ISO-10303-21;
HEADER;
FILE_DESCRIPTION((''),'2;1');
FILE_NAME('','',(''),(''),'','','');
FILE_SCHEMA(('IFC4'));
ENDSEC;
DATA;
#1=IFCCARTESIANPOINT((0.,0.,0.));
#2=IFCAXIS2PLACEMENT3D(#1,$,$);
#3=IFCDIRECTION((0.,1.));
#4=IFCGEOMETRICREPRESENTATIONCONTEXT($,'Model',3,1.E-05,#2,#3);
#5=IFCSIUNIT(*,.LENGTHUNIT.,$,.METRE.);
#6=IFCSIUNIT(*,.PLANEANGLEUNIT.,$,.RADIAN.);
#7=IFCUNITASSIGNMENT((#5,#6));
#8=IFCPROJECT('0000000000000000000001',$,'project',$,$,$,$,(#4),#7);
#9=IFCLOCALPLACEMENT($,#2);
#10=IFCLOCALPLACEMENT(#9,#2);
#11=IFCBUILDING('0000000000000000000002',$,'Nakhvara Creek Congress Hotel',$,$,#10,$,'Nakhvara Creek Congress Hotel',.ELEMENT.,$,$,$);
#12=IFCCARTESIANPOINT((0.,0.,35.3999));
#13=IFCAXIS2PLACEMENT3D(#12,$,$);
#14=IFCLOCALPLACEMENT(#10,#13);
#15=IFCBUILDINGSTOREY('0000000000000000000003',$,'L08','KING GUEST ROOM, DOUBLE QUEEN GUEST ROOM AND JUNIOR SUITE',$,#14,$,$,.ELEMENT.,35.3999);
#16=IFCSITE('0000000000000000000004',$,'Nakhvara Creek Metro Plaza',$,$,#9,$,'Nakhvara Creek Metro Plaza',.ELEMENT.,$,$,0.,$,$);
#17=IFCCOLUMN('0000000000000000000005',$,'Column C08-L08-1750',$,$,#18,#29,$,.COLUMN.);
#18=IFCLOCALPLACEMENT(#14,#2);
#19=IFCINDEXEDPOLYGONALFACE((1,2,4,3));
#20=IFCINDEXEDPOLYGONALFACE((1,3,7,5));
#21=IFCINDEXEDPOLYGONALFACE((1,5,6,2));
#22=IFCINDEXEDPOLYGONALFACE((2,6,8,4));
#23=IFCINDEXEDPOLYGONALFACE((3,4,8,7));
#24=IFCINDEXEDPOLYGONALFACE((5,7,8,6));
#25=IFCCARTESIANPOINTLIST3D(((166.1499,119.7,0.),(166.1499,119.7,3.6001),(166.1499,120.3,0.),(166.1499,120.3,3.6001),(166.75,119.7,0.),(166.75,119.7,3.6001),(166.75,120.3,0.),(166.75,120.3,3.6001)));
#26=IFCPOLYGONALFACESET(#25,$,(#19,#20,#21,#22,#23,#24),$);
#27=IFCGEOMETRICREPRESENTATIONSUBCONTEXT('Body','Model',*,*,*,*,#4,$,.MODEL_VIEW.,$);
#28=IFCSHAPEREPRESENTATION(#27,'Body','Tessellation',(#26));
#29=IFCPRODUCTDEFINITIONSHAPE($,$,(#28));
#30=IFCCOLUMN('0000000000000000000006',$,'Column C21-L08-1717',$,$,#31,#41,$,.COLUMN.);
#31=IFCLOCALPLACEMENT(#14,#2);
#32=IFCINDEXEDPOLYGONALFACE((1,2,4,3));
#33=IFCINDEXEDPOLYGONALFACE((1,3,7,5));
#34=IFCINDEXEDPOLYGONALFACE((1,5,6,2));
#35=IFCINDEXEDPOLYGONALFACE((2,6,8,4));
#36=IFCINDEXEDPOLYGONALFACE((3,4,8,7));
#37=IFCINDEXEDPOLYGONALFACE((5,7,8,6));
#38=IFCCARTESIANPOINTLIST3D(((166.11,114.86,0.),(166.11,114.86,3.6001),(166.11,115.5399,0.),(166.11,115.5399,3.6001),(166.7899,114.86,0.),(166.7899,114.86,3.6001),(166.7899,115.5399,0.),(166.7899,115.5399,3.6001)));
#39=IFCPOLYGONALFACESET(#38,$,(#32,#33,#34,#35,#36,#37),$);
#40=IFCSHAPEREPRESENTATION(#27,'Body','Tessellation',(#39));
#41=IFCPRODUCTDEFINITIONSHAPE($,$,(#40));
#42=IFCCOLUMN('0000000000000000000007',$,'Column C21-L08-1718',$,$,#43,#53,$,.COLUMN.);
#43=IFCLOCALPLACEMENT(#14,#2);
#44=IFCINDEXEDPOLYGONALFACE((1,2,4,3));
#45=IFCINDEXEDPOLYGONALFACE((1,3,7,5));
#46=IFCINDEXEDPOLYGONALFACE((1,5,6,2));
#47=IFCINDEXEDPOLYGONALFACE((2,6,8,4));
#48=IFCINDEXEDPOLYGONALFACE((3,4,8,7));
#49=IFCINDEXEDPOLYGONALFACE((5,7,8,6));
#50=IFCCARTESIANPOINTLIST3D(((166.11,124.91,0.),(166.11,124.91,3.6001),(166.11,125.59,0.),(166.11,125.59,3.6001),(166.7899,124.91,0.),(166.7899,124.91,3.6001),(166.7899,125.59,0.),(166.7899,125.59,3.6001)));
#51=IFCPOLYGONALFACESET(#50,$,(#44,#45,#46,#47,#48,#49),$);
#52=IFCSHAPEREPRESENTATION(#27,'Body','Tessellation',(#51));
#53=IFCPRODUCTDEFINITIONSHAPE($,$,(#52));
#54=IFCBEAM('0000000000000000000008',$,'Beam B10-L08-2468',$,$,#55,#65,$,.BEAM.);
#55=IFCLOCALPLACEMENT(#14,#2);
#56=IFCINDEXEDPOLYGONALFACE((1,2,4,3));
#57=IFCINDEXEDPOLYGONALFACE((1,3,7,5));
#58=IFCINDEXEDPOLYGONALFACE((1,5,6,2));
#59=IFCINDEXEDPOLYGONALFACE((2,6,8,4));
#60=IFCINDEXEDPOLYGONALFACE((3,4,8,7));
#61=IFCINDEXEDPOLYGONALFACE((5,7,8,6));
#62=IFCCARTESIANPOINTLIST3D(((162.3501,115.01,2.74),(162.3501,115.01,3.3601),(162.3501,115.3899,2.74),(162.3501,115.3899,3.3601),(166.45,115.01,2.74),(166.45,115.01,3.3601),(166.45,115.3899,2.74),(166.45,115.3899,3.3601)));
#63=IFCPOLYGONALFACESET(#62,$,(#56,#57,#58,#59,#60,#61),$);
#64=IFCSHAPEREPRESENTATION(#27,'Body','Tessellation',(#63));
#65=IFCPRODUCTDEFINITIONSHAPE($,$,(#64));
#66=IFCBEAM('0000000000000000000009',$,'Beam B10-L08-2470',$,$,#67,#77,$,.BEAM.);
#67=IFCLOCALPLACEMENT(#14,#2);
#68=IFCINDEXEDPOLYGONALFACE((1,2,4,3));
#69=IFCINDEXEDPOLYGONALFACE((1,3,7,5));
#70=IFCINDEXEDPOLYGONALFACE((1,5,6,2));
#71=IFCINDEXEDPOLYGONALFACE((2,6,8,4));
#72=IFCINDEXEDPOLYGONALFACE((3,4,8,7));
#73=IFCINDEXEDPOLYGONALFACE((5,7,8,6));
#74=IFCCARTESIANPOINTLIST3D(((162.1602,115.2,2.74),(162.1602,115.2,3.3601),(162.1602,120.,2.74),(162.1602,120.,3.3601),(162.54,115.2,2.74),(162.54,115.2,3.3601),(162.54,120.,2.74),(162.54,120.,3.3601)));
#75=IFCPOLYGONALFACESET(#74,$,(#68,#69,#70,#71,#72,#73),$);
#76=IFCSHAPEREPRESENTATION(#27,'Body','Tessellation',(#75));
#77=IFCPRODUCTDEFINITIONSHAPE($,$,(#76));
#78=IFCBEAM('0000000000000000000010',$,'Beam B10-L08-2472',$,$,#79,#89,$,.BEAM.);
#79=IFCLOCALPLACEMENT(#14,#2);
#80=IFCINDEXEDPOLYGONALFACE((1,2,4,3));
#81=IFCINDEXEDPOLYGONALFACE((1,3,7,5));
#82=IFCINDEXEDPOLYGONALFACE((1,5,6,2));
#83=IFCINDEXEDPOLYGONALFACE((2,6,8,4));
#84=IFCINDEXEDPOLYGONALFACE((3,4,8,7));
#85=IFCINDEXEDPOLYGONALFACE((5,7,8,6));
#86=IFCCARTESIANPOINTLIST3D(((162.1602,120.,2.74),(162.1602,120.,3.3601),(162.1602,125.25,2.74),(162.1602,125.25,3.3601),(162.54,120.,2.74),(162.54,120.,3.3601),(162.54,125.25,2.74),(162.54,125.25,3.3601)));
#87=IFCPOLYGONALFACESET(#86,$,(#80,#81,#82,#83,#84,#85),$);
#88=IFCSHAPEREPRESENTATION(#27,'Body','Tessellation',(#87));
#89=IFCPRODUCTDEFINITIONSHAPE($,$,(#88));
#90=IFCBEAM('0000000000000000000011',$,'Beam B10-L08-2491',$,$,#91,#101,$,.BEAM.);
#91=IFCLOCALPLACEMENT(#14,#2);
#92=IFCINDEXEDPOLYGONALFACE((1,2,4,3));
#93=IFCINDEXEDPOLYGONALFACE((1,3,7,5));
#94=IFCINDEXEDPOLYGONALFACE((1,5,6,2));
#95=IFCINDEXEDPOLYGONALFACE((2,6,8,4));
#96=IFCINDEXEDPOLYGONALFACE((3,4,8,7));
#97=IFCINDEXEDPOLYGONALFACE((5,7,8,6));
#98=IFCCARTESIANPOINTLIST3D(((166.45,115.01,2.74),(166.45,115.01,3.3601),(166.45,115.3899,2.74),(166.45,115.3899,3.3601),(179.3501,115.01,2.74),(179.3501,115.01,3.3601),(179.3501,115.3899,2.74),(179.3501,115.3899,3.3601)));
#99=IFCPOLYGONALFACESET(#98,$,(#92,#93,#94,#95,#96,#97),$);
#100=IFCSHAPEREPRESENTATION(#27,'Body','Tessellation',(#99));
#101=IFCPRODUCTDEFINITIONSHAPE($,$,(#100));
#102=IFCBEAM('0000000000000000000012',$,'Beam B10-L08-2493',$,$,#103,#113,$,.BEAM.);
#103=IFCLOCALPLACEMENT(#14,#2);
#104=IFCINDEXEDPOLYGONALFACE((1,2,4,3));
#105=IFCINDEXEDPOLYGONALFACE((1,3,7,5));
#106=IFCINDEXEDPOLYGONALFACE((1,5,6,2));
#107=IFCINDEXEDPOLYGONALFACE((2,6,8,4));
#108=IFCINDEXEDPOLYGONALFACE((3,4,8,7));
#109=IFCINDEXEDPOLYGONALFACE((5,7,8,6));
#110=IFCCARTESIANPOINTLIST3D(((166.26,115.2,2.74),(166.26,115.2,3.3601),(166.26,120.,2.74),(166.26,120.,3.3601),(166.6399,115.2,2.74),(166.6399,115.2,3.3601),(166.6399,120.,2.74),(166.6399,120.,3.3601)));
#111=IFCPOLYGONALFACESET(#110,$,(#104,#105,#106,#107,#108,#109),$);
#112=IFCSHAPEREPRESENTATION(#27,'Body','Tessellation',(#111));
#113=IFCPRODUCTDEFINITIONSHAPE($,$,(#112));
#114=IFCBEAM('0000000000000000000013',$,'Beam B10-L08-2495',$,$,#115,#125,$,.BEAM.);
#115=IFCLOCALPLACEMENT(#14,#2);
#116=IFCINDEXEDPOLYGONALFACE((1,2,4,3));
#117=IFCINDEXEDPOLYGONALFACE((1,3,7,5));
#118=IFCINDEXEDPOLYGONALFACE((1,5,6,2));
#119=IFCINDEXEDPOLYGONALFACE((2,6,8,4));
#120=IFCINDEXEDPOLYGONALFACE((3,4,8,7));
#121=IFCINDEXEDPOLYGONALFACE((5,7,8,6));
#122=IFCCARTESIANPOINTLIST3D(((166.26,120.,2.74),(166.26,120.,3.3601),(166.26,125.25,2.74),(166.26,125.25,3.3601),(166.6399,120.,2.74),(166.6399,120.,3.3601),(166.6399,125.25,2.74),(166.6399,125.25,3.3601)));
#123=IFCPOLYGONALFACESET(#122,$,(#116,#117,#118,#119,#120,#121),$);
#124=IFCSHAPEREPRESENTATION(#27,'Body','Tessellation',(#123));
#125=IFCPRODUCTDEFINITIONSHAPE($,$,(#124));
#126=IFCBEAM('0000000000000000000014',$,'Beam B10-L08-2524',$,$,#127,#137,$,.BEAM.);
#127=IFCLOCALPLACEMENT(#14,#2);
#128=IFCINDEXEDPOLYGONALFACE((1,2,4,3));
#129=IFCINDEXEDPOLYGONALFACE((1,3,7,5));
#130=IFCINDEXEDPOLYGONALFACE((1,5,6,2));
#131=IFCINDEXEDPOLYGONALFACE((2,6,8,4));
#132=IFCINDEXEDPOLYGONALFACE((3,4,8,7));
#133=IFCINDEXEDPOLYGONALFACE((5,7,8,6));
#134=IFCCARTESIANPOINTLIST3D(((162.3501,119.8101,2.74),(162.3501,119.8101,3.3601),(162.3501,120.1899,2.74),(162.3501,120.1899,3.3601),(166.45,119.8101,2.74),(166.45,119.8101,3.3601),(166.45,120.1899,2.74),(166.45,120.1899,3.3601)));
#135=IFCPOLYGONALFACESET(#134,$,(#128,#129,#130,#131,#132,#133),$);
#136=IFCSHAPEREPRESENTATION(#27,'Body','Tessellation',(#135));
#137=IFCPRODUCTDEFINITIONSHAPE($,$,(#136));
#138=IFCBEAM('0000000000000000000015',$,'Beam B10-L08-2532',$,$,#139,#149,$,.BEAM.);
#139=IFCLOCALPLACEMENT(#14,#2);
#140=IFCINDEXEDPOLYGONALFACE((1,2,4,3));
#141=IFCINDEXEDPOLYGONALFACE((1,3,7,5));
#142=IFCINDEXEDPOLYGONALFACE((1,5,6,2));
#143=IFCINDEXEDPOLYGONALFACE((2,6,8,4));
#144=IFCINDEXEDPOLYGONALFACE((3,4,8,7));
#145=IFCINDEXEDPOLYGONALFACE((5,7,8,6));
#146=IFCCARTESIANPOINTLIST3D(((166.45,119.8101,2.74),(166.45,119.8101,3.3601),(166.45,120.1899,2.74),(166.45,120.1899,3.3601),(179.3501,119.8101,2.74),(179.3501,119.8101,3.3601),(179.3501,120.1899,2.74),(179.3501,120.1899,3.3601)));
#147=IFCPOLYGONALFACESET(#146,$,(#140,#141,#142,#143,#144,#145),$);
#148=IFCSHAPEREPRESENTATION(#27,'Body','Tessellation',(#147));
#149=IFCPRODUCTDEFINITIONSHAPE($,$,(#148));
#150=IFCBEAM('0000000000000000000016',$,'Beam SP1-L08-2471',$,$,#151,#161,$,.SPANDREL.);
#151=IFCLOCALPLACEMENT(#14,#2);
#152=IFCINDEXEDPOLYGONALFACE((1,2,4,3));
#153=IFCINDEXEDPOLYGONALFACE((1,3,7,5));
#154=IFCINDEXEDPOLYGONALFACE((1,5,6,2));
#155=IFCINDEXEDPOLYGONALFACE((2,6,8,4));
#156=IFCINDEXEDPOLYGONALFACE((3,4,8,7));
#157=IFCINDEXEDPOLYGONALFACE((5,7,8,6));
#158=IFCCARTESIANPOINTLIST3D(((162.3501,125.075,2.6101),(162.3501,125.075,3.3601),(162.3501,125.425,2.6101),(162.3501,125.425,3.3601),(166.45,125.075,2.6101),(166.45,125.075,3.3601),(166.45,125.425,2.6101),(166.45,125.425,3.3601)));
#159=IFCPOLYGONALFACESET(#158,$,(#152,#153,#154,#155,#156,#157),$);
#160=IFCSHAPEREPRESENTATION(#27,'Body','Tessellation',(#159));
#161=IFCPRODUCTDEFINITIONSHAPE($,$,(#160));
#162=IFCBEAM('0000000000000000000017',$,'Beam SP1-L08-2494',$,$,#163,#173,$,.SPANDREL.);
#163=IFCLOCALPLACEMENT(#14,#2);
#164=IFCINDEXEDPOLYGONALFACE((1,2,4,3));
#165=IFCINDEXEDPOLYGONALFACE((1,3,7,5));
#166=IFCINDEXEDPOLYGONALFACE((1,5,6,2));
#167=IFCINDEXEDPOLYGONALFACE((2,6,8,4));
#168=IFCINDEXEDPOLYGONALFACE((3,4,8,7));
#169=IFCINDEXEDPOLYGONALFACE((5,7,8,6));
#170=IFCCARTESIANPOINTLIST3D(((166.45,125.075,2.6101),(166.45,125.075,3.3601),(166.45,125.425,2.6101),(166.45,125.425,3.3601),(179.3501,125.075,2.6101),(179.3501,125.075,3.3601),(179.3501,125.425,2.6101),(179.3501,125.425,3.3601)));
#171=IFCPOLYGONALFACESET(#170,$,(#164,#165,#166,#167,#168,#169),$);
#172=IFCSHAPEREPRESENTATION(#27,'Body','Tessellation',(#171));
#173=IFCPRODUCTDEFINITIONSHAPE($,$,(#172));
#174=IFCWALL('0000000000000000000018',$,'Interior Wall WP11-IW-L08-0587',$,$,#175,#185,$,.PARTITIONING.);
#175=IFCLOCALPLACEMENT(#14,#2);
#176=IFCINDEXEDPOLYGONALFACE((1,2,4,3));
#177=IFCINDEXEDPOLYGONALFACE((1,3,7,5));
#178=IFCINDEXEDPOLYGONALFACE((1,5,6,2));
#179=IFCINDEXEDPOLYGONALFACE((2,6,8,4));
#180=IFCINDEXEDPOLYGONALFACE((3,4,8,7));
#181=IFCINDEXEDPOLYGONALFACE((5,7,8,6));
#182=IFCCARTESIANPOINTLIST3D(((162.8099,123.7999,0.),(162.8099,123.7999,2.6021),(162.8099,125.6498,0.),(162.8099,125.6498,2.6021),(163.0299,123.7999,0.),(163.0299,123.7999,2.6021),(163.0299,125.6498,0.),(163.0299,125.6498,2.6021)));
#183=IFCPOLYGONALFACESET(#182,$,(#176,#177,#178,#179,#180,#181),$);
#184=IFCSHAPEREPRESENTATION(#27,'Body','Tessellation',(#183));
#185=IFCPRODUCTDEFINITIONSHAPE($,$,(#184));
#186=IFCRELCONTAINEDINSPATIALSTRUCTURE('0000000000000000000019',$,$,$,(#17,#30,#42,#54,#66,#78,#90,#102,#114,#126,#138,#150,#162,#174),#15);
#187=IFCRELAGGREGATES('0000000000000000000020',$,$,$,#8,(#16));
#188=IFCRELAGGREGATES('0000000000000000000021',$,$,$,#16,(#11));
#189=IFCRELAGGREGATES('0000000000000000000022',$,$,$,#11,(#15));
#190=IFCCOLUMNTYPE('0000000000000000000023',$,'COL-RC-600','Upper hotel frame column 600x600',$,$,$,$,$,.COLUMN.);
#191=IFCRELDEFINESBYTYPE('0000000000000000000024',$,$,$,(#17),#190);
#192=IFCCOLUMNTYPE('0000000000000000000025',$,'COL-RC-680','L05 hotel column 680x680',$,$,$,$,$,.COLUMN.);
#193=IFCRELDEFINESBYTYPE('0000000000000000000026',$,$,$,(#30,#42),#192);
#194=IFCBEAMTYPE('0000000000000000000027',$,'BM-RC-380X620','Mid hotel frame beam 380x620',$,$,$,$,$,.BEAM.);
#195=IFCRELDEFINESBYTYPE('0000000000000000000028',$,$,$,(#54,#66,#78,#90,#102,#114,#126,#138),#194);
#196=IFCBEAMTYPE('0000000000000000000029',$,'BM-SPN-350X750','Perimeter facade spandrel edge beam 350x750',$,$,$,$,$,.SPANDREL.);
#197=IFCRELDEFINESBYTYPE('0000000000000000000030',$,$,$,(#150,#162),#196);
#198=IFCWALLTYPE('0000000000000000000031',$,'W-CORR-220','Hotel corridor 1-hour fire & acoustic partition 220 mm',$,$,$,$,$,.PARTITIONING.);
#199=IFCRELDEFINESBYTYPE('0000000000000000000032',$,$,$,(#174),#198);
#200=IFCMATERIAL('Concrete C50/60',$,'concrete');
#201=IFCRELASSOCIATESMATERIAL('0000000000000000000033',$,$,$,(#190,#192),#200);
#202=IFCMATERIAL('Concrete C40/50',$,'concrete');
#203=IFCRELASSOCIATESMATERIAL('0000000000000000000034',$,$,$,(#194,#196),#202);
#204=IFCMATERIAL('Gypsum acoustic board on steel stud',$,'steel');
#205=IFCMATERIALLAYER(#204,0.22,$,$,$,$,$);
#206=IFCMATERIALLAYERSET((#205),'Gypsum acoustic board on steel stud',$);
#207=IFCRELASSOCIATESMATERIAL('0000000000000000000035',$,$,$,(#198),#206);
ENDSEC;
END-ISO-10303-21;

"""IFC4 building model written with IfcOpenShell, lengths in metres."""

from ifc_helpers import new_model, si_unit, direction, frame, frame_2d, origin, origin_2d, place, context, subcontext, project, spatial, rectangle, extrude, material, layer, layer_set, material_profile, profile_set, type_object, element, save


model = new_model("IFC4")

# Units and contexts
model_context = context("Model", 3, precision=1e-05, world=origin(), true_north=direction((0.0, 1.0)))
body_context = subcontext(model_context, "Body", "Model", "MODEL_VIEW")
ifc_project = project(units=[si_unit("LENGTHUNIT", "METRE"), si_unit("PLANEANGLEUNIT", "RADIAN")], contexts=[model_context])

# Site, building, storey
site_placement = place(None, origin())
site = spatial("IfcSite", under=ifc_project, at=site_placement, Name="Nakhvara Creek Metro Plaza", LongName="Nakhvara Creek Metro Plaza", CompositionType="ELEMENT", RefElevation=0.0)
building_placement = place(site_placement, origin())
building = spatial("IfcBuilding", under=site, at=building_placement, Name="Nakhvara Creek Congress Hotel", LongName="Nakhvara Creek Congress Hotel", CompositionType="ELEMENT")
storey_placement = place(building_placement, frame((0.0, 0.0, 35.3999)))
storey = spatial("IfcBuildingStorey", under=building, at=storey_placement, Name="L08", Description="KING GUEST ROOM, DOUBLE QUEEN GUEST ROOM AND JUNIOR SUITE", CompositionType="ELEMENT", Elevation=35.3999)

# Columns
ifc_material_1 = material(Name="Concrete C50/60", Category="concrete")
ifc_material_profile_1 = material_profile(ifc_material_1, rectangle(XDim=0.6001, YDim=0.6001, at=origin_2d()), Name="RC-COL 600x600", Category="LoadBearing")
ifc_profile_set_1 = profile_set([ifc_material_profile_1], Name="Concrete C50/60")
column_type_1 = type_object("IfcColumnType", Name="COL-RC-600", Description="Upper hotel frame column 600x600", PredefinedType="COLUMN", material=ifc_profile_set_1)
column_placement = place(storey_placement, frame((166.45, 120.0, 0.0), z_axis=(0.0, 0.0, 1.0), x_axis=(1.0, 0.0, 0.0)))
element("IfcColumn", 1, at=column_placement, inside=storey, type_object=column_type_1, Name="Column C08-L08-1750", PredefinedType="COLUMN", context=body_context, shape_type="SweptSolid", body=[
    extrude(rectangle(XDim=0.6001, YDim=0.6001, at=origin_2d()), origin(), (0.0, 0.0, 1.0), 3.6001),
])
ifc_material_profile_2 = material_profile(ifc_material_1, rectangle(XDim=0.6799, YDim=0.6799, at=origin_2d()), Name="RC-COL 680x680", Category="LoadBearing")
ifc_profile_set_2 = profile_set([ifc_material_profile_2], Name="Concrete C50/60")
column_type_2 = type_object("IfcColumnType", Name="COL-RC-680", Description="L05 hotel column 680x680", PredefinedType="COLUMN", material=ifc_profile_set_2)
for number, where, z_axis, x_axis, name in (
    (2, (166.45, 115.2, 0.0), (0.0, 0.0, 1.0), (1.0, 0.0, 0.0), "Column C21-L08-1717"),
    (3, (166.45, 125.25, 0.0), (0.0, 0.0, 1.0), (1.0, 0.0, 0.0), "Column C21-L08-1718"),
):
    element("IfcColumn", number, at=place(storey_placement, frame(where, z_axis=z_axis, x_axis=x_axis)), inside=storey, type_object=column_type_2, Name=name, PredefinedType="COLUMN", context=body_context, shape_type="SweptSolid", body=[
        extrude(rectangle(XDim=0.6799, YDim=0.6799, at=origin_2d()), origin(), (0.0, 0.0, 1.0), 3.6001),
    ])

# Beams
ifc_material_2 = material(Name="Concrete C40/50", Category="concrete")
ifc_material_profile_3 = material_profile(ifc_material_2, rectangle(XDim=0.3799, YDim=0.6201, at=origin_2d()), Name="RC-BM 380x620", Category="LoadBearing")
ifc_profile_set_3 = profile_set([ifc_material_profile_3], Name="Concrete C40/50")
beam_type_1 = type_object("IfcBeamType", Name="BM-RC-380X620", Description="Mid hotel frame beam 380x620", PredefinedType="BEAM", material=ifc_profile_set_3)
beam_1_placement = place(storey_placement, frame((162.3501, 115.2, 3.05), z_axis=(1.0, 0.0, 0.0), x_axis=(0.0, 1.0, 0.0)))
element("IfcBeam", 4, at=beam_1_placement, inside=storey, type_object=beam_type_1, Name="Beam B10-L08-2468", PredefinedType="BEAM", context=body_context, shape_type="SweptSolid", body=[
    extrude(rectangle(XDim=0.3799, YDim=0.6201, at=origin_2d()), origin(), (0.0, 0.0, 1.0), 4.0999),
])
beam_2_placement = place(storey_placement, frame((162.3501, 115.2, 3.05), z_axis=(0.0, 1.0, 0.0), x_axis=(-1.0, 0.0, 0.0)))
element("IfcBeam", 5, at=beam_2_placement, inside=storey, type_object=beam_type_1, Name="Beam B10-L08-2470", PredefinedType="BEAM", context=body_context, shape_type="SweptSolid", body=[
    extrude(rectangle(XDim=0.3799, YDim=0.6201, at=origin_2d()), origin(), (0.0, 0.0, 1.0), 4.8),
])
beam_3_placement = place(storey_placement, frame((162.3501, 120.0, 3.05), z_axis=(0.0, 1.0, 0.0), x_axis=(-1.0, 0.0, 0.0)))
element("IfcBeam", 6, at=beam_3_placement, inside=storey, type_object=beam_type_1, Name="Beam B10-L08-2472", PredefinedType="BEAM", context=body_context, shape_type="SweptSolid", body=[
    extrude(rectangle(XDim=0.3799, YDim=0.6201, at=origin_2d()), origin(), (0.0, 0.0, 1.0), 5.25),
])
beam_4_placement = place(storey_placement, frame((166.45, 115.2, 3.05), z_axis=(1.0, 0.0, 0.0), x_axis=(0.0, 1.0, 0.0)))
element("IfcBeam", 7, at=beam_4_placement, inside=storey, type_object=beam_type_1, Name="Beam B10-L08-2491", PredefinedType="BEAM", context=body_context, shape_type="SweptSolid", body=[
    extrude(rectangle(XDim=0.3799, YDim=0.6201, at=origin_2d()), origin(), (0.0, 0.0, 1.0), 12.9001),
])
beam_5_placement = place(storey_placement, frame((166.45, 115.2, 3.05), z_axis=(0.0, 1.0, 0.0), x_axis=(-1.0, 0.0, 0.0)))
element("IfcBeam", 8, at=beam_5_placement, inside=storey, type_object=beam_type_1, Name="Beam B10-L08-2493", PredefinedType="BEAM", context=body_context, shape_type="SweptSolid", body=[
    extrude(rectangle(XDim=0.3799, YDim=0.6201, at=origin_2d()), origin(), (0.0, 0.0, 1.0), 4.8),
])
beam_6_placement = place(storey_placement, frame((166.45, 120.0, 3.05), z_axis=(0.0, 1.0, 0.0), x_axis=(-1.0, 0.0, 0.0)))
element("IfcBeam", 9, at=beam_6_placement, inside=storey, type_object=beam_type_1, Name="Beam B10-L08-2495", PredefinedType="BEAM", context=body_context, shape_type="SweptSolid", body=[
    extrude(rectangle(XDim=0.3799, YDim=0.6201, at=origin_2d()), origin(), (0.0, 0.0, 1.0), 5.25),
])
beam_7_placement = place(storey_placement, frame((162.3501, 120.0, 3.05), z_axis=(1.0, 0.0, 0.0), x_axis=(0.0, 1.0, 0.0)))
element("IfcBeam", 10, at=beam_7_placement, inside=storey, type_object=beam_type_1, Name="Beam B10-L08-2524", PredefinedType="BEAM", context=body_context, shape_type="SweptSolid", body=[
    extrude(rectangle(XDim=0.3799, YDim=0.6201, at=origin_2d()), origin(), (0.0, 0.0, 1.0), 4.0999),
])
beam_8_placement = place(storey_placement, frame((166.45, 120.0, 3.05), z_axis=(1.0, 0.0, 0.0), x_axis=(0.0, 1.0, 0.0)))
element("IfcBeam", 11, at=beam_8_placement, inside=storey, type_object=beam_type_1, Name="Beam B10-L08-2532", PredefinedType="BEAM", context=body_context, shape_type="SweptSolid", body=[
    extrude(rectangle(XDim=0.3799, YDim=0.6201, at=origin_2d()), origin(), (0.0, 0.0, 1.0), 12.9001),
])
ifc_material_profile_4 = material_profile(ifc_material_2, rectangle(XDim=0.3501, YDim=0.75, at=origin_2d()), Name="RC-SPANDREL 350x750", Category="LoadBearing")
ifc_profile_set_4 = profile_set([ifc_material_profile_4], Name="Concrete C40/50")
beam_type_2 = type_object("IfcBeamType", Name="BM-SPN-350X750", Description="Perimeter facade spandrel edge beam 350x750", PredefinedType="SPANDREL", material=ifc_profile_set_4)
beam_9_placement = place(storey_placement, frame((162.3501, 125.25, 2.9851), z_axis=(1.0, 0.0, 0.0), x_axis=(0.0, 1.0, 0.0)))
element("IfcBeam", 12, at=beam_9_placement, inside=storey, type_object=beam_type_2, Name="Beam SP1-L08-2471", PredefinedType="SPANDREL", context=body_context, shape_type="SweptSolid", body=[
    extrude(rectangle(XDim=0.3501, YDim=0.75, at=origin_2d()), origin(), (0.0, 0.0, 1.0), 4.0999),
])
beam_10_placement = place(storey_placement, frame((166.45, 125.25, 2.9851), z_axis=(1.0, 0.0, 0.0), x_axis=(0.0, 1.0, 0.0)))
element("IfcBeam", 13, at=beam_10_placement, inside=storey, type_object=beam_type_2, Name="Beam SP1-L08-2494", PredefinedType="SPANDREL", context=body_context, shape_type="SweptSolid", body=[
    extrude(rectangle(XDim=0.3501, YDim=0.75, at=origin_2d()), origin(), (0.0, 0.0, 1.0), 12.9001),
])

# Wall
ifc_material_3 = material(Name="Gypsum acoustic board on steel stud", Category="steel")
ifc_layer_1 = layer(ifc_material_3, 0.22)
ifc_layer_set_1 = layer_set([ifc_layer_1], Name="Gypsum acoustic board on steel stud")
wall_type_1 = type_object("IfcWallType", Name="W-CORR-220", Description="Hotel corridor 1-hour fire & acoustic partition 220 mm", PredefinedType="PARTITIONING", material=ifc_layer_set_1)
wall_placement = place(storey_placement, frame((162.9199, 123.8, 0.0), z_axis=(0.0, 0.0, 1.0), x_axis=(0.0, 1.0, 0.0)))
element("IfcWall", 14, at=wall_placement, inside=storey, type_object=wall_type_1, Name="Interior Wall WP11-IW-L08-0587", PredefinedType="PARTITIONING", context=body_context, shape_type="SweptSolid", body=[
    extrude(rectangle(XDim=1.8499, YDim=0.22, at=frame_2d((0.9248, 0.0))), origin(), (0.0, 0.0, 1.0), 2.6021),
])

save(model, "model.ifc")
